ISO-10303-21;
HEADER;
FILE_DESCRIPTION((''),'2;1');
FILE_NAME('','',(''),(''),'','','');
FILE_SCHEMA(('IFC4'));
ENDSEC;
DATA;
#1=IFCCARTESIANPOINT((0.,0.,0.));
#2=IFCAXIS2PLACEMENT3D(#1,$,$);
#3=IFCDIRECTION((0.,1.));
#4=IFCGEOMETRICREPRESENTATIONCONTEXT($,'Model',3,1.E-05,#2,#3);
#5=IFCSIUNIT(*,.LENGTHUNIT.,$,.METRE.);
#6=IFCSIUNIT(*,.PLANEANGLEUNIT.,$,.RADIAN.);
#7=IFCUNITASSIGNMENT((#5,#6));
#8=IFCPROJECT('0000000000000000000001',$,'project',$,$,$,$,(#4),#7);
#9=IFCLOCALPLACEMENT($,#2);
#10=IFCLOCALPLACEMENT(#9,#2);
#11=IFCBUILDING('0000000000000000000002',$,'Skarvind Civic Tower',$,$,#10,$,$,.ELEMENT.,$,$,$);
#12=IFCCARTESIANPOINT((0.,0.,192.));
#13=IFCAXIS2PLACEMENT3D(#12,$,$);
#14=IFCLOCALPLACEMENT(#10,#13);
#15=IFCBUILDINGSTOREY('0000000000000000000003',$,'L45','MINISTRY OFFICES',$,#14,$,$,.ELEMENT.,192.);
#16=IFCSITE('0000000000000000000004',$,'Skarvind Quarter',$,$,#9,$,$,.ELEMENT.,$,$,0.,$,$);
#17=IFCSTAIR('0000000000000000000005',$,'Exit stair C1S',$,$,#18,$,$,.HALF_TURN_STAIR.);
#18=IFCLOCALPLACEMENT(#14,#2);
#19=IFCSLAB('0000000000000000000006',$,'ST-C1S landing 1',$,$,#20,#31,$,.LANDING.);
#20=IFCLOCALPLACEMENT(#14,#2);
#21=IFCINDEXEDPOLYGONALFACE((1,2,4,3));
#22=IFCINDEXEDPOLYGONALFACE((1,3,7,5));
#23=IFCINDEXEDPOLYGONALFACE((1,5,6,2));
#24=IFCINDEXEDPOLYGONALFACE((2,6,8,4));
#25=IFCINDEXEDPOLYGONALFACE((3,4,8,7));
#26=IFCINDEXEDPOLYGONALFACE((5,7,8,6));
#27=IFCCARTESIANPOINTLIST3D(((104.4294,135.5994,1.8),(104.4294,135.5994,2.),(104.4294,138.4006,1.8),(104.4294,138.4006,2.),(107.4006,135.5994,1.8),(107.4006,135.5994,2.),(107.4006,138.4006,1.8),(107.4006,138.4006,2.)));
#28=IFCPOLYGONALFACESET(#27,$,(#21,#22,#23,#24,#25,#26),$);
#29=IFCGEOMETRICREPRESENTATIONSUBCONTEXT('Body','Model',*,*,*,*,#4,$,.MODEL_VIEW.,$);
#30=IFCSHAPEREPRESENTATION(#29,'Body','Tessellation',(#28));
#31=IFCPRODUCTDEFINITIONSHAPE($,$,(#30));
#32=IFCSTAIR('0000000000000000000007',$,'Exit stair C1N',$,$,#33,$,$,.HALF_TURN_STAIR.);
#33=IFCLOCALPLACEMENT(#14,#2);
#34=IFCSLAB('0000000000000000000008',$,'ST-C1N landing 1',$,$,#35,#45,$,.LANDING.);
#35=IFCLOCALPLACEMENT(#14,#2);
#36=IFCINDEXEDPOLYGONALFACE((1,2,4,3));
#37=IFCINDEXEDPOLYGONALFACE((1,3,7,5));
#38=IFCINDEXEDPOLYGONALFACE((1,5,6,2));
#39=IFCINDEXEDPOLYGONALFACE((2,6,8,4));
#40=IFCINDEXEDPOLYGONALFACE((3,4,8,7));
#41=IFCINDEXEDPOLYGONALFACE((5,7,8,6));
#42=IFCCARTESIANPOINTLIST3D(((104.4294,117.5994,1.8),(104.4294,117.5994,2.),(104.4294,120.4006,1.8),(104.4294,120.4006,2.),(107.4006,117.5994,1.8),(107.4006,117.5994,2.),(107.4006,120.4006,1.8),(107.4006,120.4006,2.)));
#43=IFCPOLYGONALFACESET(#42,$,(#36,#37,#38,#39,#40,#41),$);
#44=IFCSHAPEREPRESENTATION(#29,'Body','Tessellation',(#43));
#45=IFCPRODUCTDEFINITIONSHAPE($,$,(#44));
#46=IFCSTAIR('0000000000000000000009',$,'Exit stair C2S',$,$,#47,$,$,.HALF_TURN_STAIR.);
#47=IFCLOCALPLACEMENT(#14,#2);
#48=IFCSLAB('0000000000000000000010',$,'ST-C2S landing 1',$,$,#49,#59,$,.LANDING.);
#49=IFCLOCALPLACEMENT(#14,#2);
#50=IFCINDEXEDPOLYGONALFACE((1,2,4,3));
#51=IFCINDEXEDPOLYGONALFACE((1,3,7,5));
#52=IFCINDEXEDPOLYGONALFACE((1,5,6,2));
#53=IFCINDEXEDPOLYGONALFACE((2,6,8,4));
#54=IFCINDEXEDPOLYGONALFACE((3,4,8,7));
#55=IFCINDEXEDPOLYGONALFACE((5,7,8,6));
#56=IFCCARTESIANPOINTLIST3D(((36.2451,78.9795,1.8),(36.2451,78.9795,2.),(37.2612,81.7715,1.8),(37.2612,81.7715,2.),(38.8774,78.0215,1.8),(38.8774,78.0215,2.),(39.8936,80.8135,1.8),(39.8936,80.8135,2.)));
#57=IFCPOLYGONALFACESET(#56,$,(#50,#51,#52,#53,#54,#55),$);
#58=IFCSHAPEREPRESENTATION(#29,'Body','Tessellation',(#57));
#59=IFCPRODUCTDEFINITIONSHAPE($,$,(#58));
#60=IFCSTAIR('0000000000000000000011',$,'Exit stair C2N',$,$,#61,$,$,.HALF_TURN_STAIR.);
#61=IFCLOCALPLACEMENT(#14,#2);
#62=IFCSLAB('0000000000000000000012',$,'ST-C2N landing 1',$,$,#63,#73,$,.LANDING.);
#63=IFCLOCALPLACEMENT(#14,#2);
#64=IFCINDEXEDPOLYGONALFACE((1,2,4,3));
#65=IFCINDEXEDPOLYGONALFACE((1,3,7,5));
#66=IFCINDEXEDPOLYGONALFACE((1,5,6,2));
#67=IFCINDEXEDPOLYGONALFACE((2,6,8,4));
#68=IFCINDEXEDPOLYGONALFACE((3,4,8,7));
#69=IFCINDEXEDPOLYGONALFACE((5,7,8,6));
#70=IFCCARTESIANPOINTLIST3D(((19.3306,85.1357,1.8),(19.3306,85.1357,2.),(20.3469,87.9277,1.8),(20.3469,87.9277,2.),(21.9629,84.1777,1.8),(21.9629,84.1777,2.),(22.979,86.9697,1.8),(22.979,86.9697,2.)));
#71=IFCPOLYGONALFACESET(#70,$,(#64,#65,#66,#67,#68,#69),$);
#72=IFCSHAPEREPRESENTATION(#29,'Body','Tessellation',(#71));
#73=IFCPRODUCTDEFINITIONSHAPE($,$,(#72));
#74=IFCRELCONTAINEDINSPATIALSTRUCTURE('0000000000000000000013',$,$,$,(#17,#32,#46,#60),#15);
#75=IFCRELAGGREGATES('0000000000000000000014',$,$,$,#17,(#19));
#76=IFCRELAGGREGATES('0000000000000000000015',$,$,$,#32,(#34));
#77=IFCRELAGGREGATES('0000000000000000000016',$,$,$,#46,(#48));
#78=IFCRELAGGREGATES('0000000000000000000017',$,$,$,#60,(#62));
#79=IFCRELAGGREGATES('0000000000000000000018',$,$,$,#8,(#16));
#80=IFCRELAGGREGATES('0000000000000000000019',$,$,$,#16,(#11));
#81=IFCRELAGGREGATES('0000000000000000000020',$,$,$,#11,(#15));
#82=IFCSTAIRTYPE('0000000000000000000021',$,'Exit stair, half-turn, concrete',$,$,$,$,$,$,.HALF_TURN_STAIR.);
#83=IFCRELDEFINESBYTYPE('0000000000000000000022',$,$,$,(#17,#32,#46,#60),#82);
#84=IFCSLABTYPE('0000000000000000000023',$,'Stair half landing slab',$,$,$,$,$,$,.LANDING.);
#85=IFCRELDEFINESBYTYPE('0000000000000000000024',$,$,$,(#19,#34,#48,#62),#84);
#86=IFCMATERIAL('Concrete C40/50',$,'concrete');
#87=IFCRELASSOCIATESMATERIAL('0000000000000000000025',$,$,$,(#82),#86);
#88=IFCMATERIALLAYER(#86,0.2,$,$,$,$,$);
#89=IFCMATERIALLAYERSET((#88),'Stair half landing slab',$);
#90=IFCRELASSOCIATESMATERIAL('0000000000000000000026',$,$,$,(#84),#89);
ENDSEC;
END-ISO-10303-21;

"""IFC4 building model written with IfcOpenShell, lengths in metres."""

from ifc_helpers import new_model, si_unit, direction, frame, origin, place, context, subcontext, project, spatial, polyline, outline, extrude, material, layer, layer_set, type_object, element, aggregate, save


model = new_model("IFC4")

# Units and contexts
model_context = context("Model", 3, precision=1e-05, world=origin(), true_north=direction((0.0, 1.0)))
body_context = subcontext(model_context, "Body", "Model", "MODEL_VIEW")
ifc_project = project(units=[si_unit("LENGTHUNIT", "METRE"), si_unit("PLANEANGLEUNIT", "RADIAN")], contexts=[model_context])

# Site, building, storey
site_placement = place(None, origin())
site = spatial("IfcSite", under=ifc_project, at=site_placement, Name="Skarvind Quarter", CompositionType="ELEMENT", RefElevation=0.0)
building_placement = place(site_placement, origin())
building = spatial("IfcBuilding", under=site, at=building_placement, Name="Skarvind Civic Tower", CompositionType="ELEMENT")
storey_placement = place(building_placement, frame((0.0, 0.0, 192.0)))
storey = spatial("IfcBuildingStorey", under=building, at=storey_placement, Name="L45", Description="MINISTRY OFFICES", CompositionType="ELEMENT", Elevation=192.0)

# Shared definitions
ifc_material_1 = material(Name="Concrete C40/50", Category="concrete")

# Stairs, slabs
stair_type = type_object("IfcStairType", Name="Exit stair, half-turn, concrete", PredefinedType="HALF_TURN_STAIR", material=ifc_material_1)
stair_1_placement = place(storey_placement, origin())
stair_1 = element("IfcStair", 1, at=stair_1_placement, inside=storey, type_object=stair_type, Name="Exit stair C1S", PredefinedType="HALF_TURN_STAIR")
ifc_layer_1 = layer(ifc_material_1, 0.2)
ifc_layer_set_1 = layer_set([ifc_layer_1], Name="Stair half landing slab")
slab_type_1 = type_object("IfcSlabType", Name="Stair half landing slab", PredefinedType="LANDING", material=ifc_layer_set_1)
slab_1_placement = place(storey_placement, frame((0.0, 0.0, 1.8)))
slab_1 = element("IfcSlab", 2, at=slab_1_placement, type_object=slab_type_1, Name="ST-C1S landing 1", PredefinedType="LANDING", context=body_context, shape_type="SweptSolid", body=[
    extrude(outline(polyline([(104.4294, 135.5994), (104.4294, 138.4006), (107.4006, 138.4006), (107.4006, 135.5994), (104.4294, 135.5994)])), origin(), (0.0, 0.0, 1.0), 0.2),
])
aggregate(stair_1, [slab_1])
stair_2_placement = place(storey_placement, origin())
stair_2 = element("IfcStair", 3, at=stair_2_placement, inside=storey, type_object=stair_type, Name="Exit stair C1N", PredefinedType="HALF_TURN_STAIR")
slab_2_placement = place(storey_placement, frame((0.0, 0.0, 1.8)))
slab_2 = element("IfcSlab", 4, at=slab_2_placement, type_object=slab_type_1, Name="ST-C1N landing 1", PredefinedType="LANDING", context=body_context, shape_type="SweptSolid", body=[
    extrude(outline(polyline([(104.4294, 117.5994), (104.4294, 120.4006), (107.4006, 120.4006), (107.4006, 117.5994), (104.4294, 117.5994)])), origin(), (0.0, 0.0, 1.0), 0.2),
])
aggregate(stair_2, [slab_2])
stair_3_placement = place(storey_placement, origin())
stair_3 = element("IfcStair", 5, at=stair_3_placement, inside=storey, type_object=stair_type, Name="Exit stair C2S", PredefinedType="HALF_TURN_STAIR")
slab_3_placement = place(storey_placement, frame((0.0, 0.0, 1.8)))
slab_3 = element("IfcSlab", 6, at=slab_3_placement, type_object=slab_type_1, Name="ST-C2S landing 1", PredefinedType="LANDING", context=body_context, shape_type="SweptSolid", body=[
    extrude(outline(polyline([(37.2612, 81.7715), (39.8936, 80.8135), (38.8774, 78.0215), (36.2451, 78.9795), (37.2612, 81.7715)])), origin(), (0.0, 0.0, 1.0), 0.2),
])
aggregate(stair_3, [slab_3])
stair_4_placement = place(storey_placement, origin())
stair_4 = element("IfcStair", 7, at=stair_4_placement, inside=storey, type_object=stair_type, Name="Exit stair C2N", PredefinedType="HALF_TURN_STAIR")
slab_4_placement = place(storey_placement, frame((0.0, 0.0, 1.8)))
slab_4 = element("IfcSlab", 8, at=slab_4_placement, type_object=slab_type_1, Name="ST-C2N landing 1", PredefinedType="LANDING", context=body_context, shape_type="SweptSolid", body=[
    extrude(outline(polyline([(20.3469, 87.9277), (22.979, 86.9697), (21.9629, 84.1777), (19.3306, 85.1357), (20.3469, 87.9277)])), origin(), (0.0, 0.0, 1.0), 0.2),
])
aggregate(stair_4, [slab_4])

save(model, "model.ifc")
